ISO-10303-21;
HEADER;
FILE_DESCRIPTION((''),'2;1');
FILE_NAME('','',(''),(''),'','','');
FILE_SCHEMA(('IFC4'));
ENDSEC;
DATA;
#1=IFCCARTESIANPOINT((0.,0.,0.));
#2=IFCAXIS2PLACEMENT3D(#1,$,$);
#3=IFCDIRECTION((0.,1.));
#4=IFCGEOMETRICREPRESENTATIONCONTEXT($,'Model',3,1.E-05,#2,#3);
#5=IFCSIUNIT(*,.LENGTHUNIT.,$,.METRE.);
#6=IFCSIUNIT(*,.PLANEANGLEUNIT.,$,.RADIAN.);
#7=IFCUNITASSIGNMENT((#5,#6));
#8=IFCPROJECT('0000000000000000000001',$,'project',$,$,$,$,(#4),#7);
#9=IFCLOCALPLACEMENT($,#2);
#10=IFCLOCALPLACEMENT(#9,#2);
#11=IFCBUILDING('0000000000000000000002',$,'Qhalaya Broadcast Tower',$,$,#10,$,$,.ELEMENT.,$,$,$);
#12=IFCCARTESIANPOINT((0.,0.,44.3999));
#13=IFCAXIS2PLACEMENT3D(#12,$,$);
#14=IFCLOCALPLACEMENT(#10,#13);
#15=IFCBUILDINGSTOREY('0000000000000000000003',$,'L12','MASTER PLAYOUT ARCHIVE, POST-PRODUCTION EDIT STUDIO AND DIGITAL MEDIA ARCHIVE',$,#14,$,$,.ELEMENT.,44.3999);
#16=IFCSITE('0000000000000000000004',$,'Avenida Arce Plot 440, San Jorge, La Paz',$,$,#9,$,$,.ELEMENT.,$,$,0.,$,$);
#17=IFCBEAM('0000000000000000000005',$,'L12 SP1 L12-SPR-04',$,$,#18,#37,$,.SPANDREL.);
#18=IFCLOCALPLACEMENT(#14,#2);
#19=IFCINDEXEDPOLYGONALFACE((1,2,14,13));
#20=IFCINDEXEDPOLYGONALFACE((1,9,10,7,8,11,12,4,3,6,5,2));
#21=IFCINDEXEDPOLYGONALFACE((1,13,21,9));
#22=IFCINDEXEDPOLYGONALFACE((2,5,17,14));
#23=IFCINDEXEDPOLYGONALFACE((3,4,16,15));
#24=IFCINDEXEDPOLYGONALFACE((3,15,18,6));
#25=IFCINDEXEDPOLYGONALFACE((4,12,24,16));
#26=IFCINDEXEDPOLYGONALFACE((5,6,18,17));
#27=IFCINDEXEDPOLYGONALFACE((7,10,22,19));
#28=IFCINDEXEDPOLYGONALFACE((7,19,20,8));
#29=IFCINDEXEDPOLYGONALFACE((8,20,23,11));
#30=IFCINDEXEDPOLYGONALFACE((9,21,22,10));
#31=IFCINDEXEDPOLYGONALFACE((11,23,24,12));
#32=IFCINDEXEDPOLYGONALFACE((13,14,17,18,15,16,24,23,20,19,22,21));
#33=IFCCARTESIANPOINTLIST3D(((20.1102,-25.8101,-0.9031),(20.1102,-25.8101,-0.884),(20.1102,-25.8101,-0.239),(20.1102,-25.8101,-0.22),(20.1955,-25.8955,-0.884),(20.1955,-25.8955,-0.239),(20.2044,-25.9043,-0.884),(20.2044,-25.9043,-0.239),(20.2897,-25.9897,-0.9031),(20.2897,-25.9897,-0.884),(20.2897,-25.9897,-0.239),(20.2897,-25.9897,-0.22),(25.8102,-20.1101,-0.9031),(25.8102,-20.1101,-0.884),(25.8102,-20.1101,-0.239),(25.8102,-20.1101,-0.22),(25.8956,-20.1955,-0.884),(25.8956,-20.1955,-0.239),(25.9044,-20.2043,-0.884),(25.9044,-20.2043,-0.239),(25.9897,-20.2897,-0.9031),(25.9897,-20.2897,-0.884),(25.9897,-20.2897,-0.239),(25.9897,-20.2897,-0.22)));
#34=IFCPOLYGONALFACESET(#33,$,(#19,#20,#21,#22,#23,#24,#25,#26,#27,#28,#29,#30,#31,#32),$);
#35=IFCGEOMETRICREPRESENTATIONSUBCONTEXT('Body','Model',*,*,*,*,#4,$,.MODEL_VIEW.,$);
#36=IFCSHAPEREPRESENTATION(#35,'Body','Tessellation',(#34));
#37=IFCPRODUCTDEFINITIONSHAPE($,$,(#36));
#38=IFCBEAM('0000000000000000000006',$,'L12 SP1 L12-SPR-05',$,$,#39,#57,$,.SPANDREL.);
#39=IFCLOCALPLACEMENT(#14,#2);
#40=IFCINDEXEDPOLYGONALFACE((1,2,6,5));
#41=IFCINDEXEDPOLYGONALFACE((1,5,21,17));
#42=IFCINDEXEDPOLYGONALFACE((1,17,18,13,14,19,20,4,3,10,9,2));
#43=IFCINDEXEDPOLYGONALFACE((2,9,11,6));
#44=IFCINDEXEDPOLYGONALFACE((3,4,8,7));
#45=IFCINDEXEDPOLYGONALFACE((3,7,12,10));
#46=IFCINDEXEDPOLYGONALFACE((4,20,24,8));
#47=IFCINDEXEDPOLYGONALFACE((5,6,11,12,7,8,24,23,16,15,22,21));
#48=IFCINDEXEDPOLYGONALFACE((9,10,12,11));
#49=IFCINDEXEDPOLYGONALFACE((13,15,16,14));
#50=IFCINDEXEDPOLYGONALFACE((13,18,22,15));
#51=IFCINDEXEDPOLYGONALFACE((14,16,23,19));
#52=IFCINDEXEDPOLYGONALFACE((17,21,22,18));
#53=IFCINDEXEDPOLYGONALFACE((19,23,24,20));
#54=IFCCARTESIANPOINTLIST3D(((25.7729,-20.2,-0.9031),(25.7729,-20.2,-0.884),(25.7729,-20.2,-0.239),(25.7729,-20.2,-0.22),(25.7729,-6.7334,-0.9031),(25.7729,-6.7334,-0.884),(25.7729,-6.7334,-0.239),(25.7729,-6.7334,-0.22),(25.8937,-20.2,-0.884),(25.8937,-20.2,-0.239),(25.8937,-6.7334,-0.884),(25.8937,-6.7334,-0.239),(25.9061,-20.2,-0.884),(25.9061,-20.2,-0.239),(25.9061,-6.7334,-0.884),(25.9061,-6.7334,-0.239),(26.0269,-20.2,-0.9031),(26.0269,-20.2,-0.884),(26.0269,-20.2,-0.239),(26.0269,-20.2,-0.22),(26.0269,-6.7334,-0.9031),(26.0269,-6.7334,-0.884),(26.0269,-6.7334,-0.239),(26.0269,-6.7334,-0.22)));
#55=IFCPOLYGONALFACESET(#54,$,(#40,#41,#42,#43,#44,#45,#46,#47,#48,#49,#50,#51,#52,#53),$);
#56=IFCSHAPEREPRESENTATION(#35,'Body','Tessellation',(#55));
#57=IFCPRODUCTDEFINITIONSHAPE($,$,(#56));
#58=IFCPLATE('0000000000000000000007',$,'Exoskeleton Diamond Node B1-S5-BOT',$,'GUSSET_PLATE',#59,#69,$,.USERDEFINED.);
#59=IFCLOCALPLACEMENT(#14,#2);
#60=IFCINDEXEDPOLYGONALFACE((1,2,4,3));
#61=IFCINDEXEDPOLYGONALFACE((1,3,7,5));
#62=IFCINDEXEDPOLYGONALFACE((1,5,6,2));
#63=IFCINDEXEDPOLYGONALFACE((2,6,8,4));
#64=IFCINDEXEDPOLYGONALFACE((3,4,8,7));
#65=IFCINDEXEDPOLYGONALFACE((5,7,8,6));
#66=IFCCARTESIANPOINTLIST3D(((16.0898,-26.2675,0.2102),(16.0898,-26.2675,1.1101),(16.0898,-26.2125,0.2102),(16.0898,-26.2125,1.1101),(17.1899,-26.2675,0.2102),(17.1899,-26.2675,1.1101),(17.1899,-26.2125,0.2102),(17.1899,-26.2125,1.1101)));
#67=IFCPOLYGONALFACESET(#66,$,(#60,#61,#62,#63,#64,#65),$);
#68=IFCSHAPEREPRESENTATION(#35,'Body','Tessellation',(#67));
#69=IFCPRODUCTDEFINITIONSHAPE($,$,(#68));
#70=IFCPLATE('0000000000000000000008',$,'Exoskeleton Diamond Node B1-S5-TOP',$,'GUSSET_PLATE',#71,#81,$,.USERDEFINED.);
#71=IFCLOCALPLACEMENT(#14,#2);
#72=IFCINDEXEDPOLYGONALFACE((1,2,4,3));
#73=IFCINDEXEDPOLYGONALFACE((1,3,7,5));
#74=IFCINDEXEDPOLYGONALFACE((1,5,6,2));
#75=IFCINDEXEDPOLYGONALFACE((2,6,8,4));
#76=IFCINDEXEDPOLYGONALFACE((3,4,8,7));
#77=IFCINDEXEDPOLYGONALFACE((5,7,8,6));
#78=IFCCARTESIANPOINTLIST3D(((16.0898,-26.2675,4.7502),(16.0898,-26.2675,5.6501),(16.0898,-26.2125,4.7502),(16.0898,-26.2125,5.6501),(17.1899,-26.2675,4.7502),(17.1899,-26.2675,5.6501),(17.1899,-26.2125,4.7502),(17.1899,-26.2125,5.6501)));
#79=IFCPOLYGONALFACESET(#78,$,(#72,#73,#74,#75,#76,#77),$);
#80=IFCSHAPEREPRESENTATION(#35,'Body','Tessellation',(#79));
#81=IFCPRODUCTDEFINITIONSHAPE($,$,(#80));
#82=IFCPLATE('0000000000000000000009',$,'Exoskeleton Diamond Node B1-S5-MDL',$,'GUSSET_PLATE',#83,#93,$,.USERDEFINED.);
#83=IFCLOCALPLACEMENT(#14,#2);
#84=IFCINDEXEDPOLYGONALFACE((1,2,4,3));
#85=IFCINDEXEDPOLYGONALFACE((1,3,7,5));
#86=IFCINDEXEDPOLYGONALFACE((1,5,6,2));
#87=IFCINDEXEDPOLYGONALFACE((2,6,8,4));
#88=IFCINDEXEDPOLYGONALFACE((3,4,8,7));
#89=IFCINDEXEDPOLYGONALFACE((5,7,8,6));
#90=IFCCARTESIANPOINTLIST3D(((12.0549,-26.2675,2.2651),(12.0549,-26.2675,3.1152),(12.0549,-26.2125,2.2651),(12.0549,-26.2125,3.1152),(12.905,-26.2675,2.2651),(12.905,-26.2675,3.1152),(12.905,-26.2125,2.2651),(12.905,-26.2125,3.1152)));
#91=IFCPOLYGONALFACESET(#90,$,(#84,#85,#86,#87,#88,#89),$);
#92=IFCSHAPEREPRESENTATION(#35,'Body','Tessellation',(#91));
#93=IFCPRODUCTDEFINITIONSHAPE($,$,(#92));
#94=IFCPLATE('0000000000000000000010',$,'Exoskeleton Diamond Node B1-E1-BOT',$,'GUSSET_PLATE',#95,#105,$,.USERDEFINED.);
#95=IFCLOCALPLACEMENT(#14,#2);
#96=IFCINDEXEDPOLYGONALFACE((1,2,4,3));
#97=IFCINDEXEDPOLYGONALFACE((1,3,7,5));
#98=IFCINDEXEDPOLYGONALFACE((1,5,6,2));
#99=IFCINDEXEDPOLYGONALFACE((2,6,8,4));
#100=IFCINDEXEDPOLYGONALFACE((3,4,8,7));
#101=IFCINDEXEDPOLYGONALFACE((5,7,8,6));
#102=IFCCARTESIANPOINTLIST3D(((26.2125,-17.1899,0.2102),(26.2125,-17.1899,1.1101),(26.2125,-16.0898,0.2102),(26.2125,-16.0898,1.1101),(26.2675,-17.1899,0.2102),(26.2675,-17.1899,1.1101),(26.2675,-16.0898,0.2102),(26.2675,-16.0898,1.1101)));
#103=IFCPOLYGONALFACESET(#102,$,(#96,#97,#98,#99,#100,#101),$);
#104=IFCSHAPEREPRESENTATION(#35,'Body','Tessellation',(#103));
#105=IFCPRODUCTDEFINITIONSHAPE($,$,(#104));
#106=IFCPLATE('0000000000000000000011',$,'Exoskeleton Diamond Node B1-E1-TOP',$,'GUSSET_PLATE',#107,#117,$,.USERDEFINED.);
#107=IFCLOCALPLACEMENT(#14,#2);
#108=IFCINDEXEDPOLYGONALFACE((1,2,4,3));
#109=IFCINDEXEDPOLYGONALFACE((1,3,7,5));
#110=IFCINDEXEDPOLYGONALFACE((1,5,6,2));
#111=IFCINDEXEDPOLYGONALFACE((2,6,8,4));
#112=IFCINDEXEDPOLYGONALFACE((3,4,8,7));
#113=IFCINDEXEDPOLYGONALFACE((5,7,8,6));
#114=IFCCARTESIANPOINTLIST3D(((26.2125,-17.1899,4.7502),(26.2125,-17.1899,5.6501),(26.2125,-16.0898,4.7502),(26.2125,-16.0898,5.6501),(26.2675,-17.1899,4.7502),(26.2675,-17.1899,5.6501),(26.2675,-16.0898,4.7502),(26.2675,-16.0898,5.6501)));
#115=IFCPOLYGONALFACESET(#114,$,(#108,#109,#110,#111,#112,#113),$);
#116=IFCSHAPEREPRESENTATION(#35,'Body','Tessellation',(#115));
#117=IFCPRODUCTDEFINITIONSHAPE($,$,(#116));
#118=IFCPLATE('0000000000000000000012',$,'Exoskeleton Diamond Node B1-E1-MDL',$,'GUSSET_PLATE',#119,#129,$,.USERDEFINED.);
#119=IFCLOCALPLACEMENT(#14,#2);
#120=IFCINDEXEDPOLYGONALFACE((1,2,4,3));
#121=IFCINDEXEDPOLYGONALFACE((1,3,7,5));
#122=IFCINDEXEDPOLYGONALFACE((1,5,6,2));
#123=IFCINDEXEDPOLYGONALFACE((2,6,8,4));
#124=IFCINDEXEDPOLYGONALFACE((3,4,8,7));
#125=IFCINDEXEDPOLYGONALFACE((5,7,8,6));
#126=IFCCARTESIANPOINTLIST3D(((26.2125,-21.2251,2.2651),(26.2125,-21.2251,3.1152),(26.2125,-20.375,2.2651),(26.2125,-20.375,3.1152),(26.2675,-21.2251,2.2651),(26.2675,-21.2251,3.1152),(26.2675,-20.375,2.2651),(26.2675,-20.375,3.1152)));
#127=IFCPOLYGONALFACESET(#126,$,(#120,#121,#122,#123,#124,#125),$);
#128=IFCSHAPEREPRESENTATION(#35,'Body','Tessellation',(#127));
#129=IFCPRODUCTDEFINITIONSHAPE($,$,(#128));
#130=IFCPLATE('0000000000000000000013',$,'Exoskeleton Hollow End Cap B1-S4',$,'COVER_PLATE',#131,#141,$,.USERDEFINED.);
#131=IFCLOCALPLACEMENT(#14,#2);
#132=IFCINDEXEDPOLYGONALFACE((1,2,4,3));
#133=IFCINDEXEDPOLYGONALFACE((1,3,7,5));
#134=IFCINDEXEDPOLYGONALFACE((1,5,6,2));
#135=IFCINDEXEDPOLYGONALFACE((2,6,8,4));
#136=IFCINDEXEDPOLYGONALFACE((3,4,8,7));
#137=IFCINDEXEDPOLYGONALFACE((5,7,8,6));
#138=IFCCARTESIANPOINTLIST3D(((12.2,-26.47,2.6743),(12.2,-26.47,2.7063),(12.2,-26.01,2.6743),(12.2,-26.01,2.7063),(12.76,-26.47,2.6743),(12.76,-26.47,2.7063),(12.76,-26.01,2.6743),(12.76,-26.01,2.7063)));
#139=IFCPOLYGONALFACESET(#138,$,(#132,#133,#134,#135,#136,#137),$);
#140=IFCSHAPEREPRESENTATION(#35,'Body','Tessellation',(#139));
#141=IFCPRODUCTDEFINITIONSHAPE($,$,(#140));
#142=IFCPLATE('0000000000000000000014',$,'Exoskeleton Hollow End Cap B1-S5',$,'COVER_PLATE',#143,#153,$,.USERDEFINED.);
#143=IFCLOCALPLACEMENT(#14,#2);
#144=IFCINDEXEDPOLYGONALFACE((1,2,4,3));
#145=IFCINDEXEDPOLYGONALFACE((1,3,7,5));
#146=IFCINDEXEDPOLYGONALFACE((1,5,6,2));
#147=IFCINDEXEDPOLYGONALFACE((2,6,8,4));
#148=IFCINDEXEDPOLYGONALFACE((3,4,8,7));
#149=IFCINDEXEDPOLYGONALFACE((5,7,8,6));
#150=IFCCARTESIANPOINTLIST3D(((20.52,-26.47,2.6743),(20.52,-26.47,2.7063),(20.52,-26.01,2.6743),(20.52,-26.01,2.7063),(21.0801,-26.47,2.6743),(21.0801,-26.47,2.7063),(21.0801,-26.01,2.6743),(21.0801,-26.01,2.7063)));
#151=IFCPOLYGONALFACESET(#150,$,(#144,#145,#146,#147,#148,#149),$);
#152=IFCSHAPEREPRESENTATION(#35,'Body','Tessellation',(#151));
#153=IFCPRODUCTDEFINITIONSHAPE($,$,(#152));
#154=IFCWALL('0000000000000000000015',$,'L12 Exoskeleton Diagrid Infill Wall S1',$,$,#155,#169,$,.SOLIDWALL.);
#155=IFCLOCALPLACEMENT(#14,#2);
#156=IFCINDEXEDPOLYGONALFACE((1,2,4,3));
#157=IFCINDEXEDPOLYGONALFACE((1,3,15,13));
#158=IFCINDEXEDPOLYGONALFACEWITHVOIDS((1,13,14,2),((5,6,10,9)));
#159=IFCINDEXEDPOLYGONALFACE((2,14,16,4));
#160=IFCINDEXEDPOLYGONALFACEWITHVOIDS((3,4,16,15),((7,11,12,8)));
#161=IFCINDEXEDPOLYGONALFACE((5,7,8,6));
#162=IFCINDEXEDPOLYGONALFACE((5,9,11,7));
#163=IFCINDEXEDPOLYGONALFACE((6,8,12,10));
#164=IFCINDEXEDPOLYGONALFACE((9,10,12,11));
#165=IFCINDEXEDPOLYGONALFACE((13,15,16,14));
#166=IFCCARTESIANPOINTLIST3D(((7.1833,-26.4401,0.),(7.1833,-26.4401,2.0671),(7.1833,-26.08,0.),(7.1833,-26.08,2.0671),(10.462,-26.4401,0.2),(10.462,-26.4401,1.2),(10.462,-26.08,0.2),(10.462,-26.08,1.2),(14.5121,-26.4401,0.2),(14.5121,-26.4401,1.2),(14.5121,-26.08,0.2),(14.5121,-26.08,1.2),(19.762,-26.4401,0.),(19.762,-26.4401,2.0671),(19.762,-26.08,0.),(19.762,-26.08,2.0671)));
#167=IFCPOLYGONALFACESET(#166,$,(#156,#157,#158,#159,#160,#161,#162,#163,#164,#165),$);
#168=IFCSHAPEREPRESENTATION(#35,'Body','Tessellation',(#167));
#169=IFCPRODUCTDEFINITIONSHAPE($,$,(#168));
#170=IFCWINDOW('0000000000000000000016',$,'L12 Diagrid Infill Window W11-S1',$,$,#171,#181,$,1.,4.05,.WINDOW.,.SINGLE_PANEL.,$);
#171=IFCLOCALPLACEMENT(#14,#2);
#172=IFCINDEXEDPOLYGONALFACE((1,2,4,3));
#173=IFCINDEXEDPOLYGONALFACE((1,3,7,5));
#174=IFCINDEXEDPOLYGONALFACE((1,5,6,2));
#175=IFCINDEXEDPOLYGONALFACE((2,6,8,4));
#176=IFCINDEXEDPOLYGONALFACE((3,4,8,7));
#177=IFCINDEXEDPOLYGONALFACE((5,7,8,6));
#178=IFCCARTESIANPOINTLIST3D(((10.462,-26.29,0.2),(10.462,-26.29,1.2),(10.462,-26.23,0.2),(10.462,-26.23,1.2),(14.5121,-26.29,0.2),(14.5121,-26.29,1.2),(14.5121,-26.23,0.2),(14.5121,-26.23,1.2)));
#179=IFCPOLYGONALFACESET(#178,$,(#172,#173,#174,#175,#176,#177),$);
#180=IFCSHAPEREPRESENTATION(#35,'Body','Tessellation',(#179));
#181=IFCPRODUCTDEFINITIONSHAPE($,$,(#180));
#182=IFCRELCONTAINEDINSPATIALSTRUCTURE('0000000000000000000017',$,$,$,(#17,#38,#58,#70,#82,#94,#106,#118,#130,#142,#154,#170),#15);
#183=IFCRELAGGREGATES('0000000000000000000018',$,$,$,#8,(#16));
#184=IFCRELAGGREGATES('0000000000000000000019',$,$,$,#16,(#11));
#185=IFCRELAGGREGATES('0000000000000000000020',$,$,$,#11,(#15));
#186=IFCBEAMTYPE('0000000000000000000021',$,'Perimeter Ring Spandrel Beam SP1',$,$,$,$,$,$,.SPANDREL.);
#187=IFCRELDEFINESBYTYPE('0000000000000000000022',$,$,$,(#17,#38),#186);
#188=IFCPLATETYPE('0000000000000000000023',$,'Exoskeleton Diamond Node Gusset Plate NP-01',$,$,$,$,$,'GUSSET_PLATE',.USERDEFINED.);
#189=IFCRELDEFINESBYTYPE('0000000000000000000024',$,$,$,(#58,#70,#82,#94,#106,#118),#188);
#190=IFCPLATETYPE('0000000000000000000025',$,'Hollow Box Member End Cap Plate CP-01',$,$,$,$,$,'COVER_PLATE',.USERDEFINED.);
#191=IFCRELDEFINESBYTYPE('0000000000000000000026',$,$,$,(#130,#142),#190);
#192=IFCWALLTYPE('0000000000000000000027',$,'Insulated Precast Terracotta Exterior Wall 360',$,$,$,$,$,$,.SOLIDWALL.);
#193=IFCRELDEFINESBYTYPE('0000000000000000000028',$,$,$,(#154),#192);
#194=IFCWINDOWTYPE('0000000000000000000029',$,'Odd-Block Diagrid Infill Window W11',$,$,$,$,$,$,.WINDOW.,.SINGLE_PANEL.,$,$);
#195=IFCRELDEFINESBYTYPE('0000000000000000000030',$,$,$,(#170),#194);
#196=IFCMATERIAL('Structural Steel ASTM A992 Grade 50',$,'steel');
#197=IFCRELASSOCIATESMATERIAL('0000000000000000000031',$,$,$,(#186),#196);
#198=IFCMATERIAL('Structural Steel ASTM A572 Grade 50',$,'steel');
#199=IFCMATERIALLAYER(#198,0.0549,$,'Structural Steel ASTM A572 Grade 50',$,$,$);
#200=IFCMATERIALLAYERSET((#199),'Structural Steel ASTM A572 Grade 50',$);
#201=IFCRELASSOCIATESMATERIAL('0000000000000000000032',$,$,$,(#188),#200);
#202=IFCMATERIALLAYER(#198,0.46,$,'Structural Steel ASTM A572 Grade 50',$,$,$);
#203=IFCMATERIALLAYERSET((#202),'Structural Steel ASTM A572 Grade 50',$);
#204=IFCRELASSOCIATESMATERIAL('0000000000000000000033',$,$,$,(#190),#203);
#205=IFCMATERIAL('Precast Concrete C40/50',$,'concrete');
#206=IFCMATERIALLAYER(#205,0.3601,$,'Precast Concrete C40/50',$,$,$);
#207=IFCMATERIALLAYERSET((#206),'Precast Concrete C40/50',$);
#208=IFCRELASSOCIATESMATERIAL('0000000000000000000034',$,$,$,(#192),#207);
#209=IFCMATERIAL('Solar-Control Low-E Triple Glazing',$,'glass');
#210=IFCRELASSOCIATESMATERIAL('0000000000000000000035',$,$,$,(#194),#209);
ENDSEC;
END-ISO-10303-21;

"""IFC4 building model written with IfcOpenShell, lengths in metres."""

from ifc_helpers import new_model, si_unit, direction, frame, frame_2d, origin, origin_2d, place, context, subcontext, project, spatial, rectangle, i_section, extrude, material, layer, layer_set, material_profile, profile_set, type_object, element, fill, save


model = new_model("IFC4")

# Units and contexts
model_context = context("Model", 3, precision=1e-05, world=origin(), true_north=direction((0.0, 1.0)))
body_context = subcontext(model_context, "Body", "Model", "MODEL_VIEW")
ifc_project = project(units=[si_unit("LENGTHUNIT", "METRE"), si_unit("PLANEANGLEUNIT", "RADIAN")], contexts=[model_context])

# Site, building, storey
site_placement = place(None, origin())
site = spatial("IfcSite", under=ifc_project, at=site_placement, Name="Avenida Arce Plot 440, San Jorge, La Paz", CompositionType="ELEMENT", RefElevation=0.0)
building_placement = place(site_placement, origin())
building = spatial("IfcBuilding", under=site, at=building_placement, Name="Qhalaya Broadcast Tower", CompositionType="ELEMENT")
storey_placement = place(building_placement, frame((0.0, 0.0, 44.3999)))
storey = spatial("IfcBuildingStorey", under=building, at=storey_placement, Name="L12", Description="MASTER PLAYOUT ARCHIVE, POST-PRODUCTION EDIT STUDIO AND DIGITAL MEDIA ARCHIVE", CompositionType="ELEMENT", Elevation=44.3999)

# Shared definitions
ifc_material_1 = material(Name="Structural Steel ASTM A572 Grade 50", Category="steel")

# Beams
ifc_material_2 = material(Name="Structural Steel ASTM A992 Grade 50", Category="steel")
ifc_material_profile_1 = material_profile(ifc_material_2, i_section(OverallWidth=0.2539, OverallDepth=0.6831, WebThickness=0.0125, FlangeThickness=0.019, at=origin_2d()), Name="W27X94")
ifc_profile_set_1 = profile_set([ifc_material_profile_1], Name="Structural Steel ASTM A992 Grade 50")
beam_type = type_object("IfcBeamType", Name="Perimeter Ring Spandrel Beam SP1", PredefinedType="SPANDREL", material=ifc_profile_set_1)
beam_1_placement = place(storey_placement, frame((20.2, -25.8999, -0.5615), z_axis=(0.707107, 0.707107, 0.0), x_axis=(-0.707107, 0.707107, 0.0)))
element("IfcBeam", 1, at=beam_1_placement, inside=storey, type_object=beam_type, Name="L12 SP1 L12-SPR-04", PredefinedType="SPANDREL", context=body_context, shape_type="SweptSolid", body=[
    extrude(i_section(OverallWidth=0.2539, OverallDepth=0.6831, WebThickness=0.0125, FlangeThickness=0.019, at=origin_2d()), origin(), (0.0, 0.0, 1.0), 8.061),
])
beam_2_placement = place(storey_placement, frame((25.8999, -20.2, -0.5615), z_axis=(0.0, 1.0, 0.0), x_axis=(-1.0, 0.0, 0.0)))
element("IfcBeam", 2, at=beam_2_placement, inside=storey, type_object=beam_type, Name="L12 SP1 L12-SPR-05", PredefinedType="SPANDREL", context=body_context, shape_type="SweptSolid", body=[
    extrude(i_section(OverallWidth=0.2539, OverallDepth=0.6831, WebThickness=0.0125, FlangeThickness=0.019, at=origin_2d()), origin(), (0.0, 0.0, 1.0), 13.4666),
])

# Plates
ifc_layer_1 = layer(ifc_material_1, 0.0549, Name="Structural Steel ASTM A572 Grade 50")
ifc_layer_set_1 = layer_set([ifc_layer_1], Name="Structural Steel ASTM A572 Grade 50")
plate_type_1 = type_object("IfcPlateType", Name="Exoskeleton Diamond Node Gusset Plate NP-01", ElementType="GUSSET_PLATE", PredefinedType="USERDEFINED", material=ifc_layer_set_1)
for number, where, z_axis, x_axis, name in (
    (3, (16.6399, -26.24, 0.2102), (0.0, 0.0, 1.0), (1.0, 0.0, 0.0), "Exoskeleton Diamond Node B1-S5-BOT"),
    (4, (16.6399, -26.24, 4.7502), (0.0, 0.0, 1.0), (1.0, 0.0, 0.0), "Exoskeleton Diamond Node B1-S5-TOP"),
):
    element("IfcPlate", number, at=place(storey_placement, frame(where, z_axis=z_axis, x_axis=x_axis)), inside=storey, type_object=plate_type_1, Name=name, ObjectType="GUSSET_PLATE", PredefinedType="USERDEFINED", context=body_context, shape_type="SweptSolid", body=[
        extrude(rectangle(XDim=1.1001, YDim=0.0549, at=origin_2d()), origin(), (0.0, 0.0, 1.0), 0.8999),
    ])
plate_1_placement = place(storey_placement, frame((12.48, -26.24, 2.2651), z_axis=(0.0, 0.0, 1.0), x_axis=(1.0, 0.0, 0.0)))
element("IfcPlate", 5, at=plate_1_placement, inside=storey, type_object=plate_type_1, Name="Exoskeleton Diamond Node B1-S5-MDL", ObjectType="GUSSET_PLATE", PredefinedType="USERDEFINED", context=body_context, shape_type="SweptSolid", body=[
    extrude(rectangle(XDim=0.8501, YDim=0.0549, at=origin_2d()), origin(), (0.0, 0.0, 1.0), 0.8501),
])
for number, where, z_axis, x_axis, name in (
    (6, (26.24, -16.6399, 0.2102), (0.0, 0.0, 1.0), (0.0, 1.0, 0.0), "Exoskeleton Diamond Node B1-E1-BOT"),
    (7, (26.24, -16.6399, 4.7502), (0.0, 0.0, 1.0), (0.0, 1.0, 0.0), "Exoskeleton Diamond Node B1-E1-TOP"),
):
    element("IfcPlate", number, at=place(storey_placement, frame(where, z_axis=z_axis, x_axis=x_axis)), inside=storey, type_object=plate_type_1, Name=name, ObjectType="GUSSET_PLATE", PredefinedType="USERDEFINED", context=body_context, shape_type="SweptSolid", body=[
        extrude(rectangle(XDim=1.1001, YDim=0.0549, at=origin_2d()), origin(), (0.0, 0.0, 1.0), 0.8999),
    ])
plate_2_placement = place(storey_placement, frame((26.24, -20.8, 2.2651), z_axis=(0.0, 0.0, 1.0), x_axis=(0.0, 1.0, 0.0)))
element("IfcPlate", 8, at=plate_2_placement, inside=storey, type_object=plate_type_1, Name="Exoskeleton Diamond Node B1-E1-MDL", ObjectType="GUSSET_PLATE", PredefinedType="USERDEFINED", context=body_context, shape_type="SweptSolid", body=[
    extrude(rectangle(XDim=0.8501, YDim=0.0549, at=origin_2d()), origin(), (0.0, 0.0, 1.0), 0.8501),
])
ifc_layer_2 = layer(ifc_material_1, 0.46, Name="Structural Steel ASTM A572 Grade 50")
ifc_layer_set_2 = layer_set([ifc_layer_2], Name="Structural Steel ASTM A572 Grade 50")
plate_type_2 = type_object("IfcPlateType", Name="Hollow Box Member End Cap Plate CP-01", ElementType="COVER_PLATE", PredefinedType="USERDEFINED", material=ifc_layer_set_2)
for number, where, z_axis, x_axis, name in (
    (9, (12.48, -26.24, 2.6743), (0.0, 0.0, 1.0), (1.0, 0.0, 0.0), "Exoskeleton Hollow End Cap B1-S4"),
    (10, (20.8, -26.24, 2.6743), (0.0, 0.0, 1.0), (1.0, 0.0, 0.0), "Exoskeleton Hollow End Cap B1-S5"),
):
    element("IfcPlate", number, at=place(storey_placement, frame(where, z_axis=z_axis, x_axis=x_axis)), inside=storey, type_object=plate_type_2, Name=name, ObjectType="COVER_PLATE", PredefinedType="USERDEFINED", context=body_context, shape_type="SweptSolid", body=[
        extrude(rectangle(XDim=0.5601, YDim=0.46, at=origin_2d()), origin(), (0.0, 0.0, 1.0), 0.032),
    ])

# Wall, opening, window
ifc_material_3 = material(Name="Precast Concrete C40/50", Category="concrete")
ifc_layer_3 = layer(ifc_material_3, 0.3601, Name="Precast Concrete C40/50")
ifc_layer_set_3 = layer_set([ifc_layer_3], Name="Precast Concrete C40/50")
wall_type = type_object("IfcWallType", Name="Insulated Precast Terracotta Exterior Wall 360", PredefinedType="SOLIDWALL", material=ifc_layer_set_3)
wall_placement = place(storey_placement, frame((19.762, -26.26, 0.0), z_axis=(0.0, 0.0, 1.0), x_axis=(-1.0, 0.0, 0.0)))
wall = element("IfcWall", 11, at=wall_placement, inside=storey, type_object=wall_type, Name="L12 Exoskeleton Diagrid Infill Wall S1", PredefinedType="SOLIDWALL", context=body_context, shape_type="SweptSolid", body=[
    extrude(rectangle(XDim=12.5786, YDim=0.3601, at=frame_2d((6.2893, 0.0))), origin(), (0.0, 0.0, 1.0), 2.0671),
])
opening_placement = place(wall_placement, frame((5.25, 0.0, 0.2)))
opening = element("IfcOpeningElement", 12, at=opening_placement, cuts=wall, PredefinedType="OPENING", context=body_context, shape_type="SweptSolid", body=[
    extrude(rectangle(XDim=4.05, YDim=1.0, at=frame_2d((2.0249, 0.5))), frame((0.0, 0.1921, 0.0), z_axis=(0.0, -1.0, 0.0), x_axis=(1.0, 0.0, 0.0)), (0.0, 0.0, 1.0), 0.384),
])
ifc_material_4 = material(Name="Solar-Control Low-E Triple Glazing", Category="glass")
window_type = type_object("IfcWindowType", Name="Odd-Block Diagrid Infill Window W11", PartitioningType="SINGLE_PANEL", PredefinedType="WINDOW", material=ifc_material_4)
window_placement = place(opening_placement, origin())
window = element("IfcWindow", 13, at=window_placement, inside=storey, type_object=window_type, Name="L12 Diagrid Infill Window W11-S1", OverallHeight=1.0, OverallWidth=4.05, PartitioningType="SINGLE_PANEL", PredefinedType="WINDOW", context=body_context, shape_type="SweptSolid", body=[
    extrude(rectangle(XDim=4.05, YDim=1.0, at=frame_2d((2.0249, 0.5))), frame((0.0, 0.03, 0.0), z_axis=(0.0, -1.0, 0.0), x_axis=(1.0, 0.0, 0.0)), (0.0, 0.0, 1.0), 0.0601),
])
fill(opening, window)

save(model, "model.ifc")
